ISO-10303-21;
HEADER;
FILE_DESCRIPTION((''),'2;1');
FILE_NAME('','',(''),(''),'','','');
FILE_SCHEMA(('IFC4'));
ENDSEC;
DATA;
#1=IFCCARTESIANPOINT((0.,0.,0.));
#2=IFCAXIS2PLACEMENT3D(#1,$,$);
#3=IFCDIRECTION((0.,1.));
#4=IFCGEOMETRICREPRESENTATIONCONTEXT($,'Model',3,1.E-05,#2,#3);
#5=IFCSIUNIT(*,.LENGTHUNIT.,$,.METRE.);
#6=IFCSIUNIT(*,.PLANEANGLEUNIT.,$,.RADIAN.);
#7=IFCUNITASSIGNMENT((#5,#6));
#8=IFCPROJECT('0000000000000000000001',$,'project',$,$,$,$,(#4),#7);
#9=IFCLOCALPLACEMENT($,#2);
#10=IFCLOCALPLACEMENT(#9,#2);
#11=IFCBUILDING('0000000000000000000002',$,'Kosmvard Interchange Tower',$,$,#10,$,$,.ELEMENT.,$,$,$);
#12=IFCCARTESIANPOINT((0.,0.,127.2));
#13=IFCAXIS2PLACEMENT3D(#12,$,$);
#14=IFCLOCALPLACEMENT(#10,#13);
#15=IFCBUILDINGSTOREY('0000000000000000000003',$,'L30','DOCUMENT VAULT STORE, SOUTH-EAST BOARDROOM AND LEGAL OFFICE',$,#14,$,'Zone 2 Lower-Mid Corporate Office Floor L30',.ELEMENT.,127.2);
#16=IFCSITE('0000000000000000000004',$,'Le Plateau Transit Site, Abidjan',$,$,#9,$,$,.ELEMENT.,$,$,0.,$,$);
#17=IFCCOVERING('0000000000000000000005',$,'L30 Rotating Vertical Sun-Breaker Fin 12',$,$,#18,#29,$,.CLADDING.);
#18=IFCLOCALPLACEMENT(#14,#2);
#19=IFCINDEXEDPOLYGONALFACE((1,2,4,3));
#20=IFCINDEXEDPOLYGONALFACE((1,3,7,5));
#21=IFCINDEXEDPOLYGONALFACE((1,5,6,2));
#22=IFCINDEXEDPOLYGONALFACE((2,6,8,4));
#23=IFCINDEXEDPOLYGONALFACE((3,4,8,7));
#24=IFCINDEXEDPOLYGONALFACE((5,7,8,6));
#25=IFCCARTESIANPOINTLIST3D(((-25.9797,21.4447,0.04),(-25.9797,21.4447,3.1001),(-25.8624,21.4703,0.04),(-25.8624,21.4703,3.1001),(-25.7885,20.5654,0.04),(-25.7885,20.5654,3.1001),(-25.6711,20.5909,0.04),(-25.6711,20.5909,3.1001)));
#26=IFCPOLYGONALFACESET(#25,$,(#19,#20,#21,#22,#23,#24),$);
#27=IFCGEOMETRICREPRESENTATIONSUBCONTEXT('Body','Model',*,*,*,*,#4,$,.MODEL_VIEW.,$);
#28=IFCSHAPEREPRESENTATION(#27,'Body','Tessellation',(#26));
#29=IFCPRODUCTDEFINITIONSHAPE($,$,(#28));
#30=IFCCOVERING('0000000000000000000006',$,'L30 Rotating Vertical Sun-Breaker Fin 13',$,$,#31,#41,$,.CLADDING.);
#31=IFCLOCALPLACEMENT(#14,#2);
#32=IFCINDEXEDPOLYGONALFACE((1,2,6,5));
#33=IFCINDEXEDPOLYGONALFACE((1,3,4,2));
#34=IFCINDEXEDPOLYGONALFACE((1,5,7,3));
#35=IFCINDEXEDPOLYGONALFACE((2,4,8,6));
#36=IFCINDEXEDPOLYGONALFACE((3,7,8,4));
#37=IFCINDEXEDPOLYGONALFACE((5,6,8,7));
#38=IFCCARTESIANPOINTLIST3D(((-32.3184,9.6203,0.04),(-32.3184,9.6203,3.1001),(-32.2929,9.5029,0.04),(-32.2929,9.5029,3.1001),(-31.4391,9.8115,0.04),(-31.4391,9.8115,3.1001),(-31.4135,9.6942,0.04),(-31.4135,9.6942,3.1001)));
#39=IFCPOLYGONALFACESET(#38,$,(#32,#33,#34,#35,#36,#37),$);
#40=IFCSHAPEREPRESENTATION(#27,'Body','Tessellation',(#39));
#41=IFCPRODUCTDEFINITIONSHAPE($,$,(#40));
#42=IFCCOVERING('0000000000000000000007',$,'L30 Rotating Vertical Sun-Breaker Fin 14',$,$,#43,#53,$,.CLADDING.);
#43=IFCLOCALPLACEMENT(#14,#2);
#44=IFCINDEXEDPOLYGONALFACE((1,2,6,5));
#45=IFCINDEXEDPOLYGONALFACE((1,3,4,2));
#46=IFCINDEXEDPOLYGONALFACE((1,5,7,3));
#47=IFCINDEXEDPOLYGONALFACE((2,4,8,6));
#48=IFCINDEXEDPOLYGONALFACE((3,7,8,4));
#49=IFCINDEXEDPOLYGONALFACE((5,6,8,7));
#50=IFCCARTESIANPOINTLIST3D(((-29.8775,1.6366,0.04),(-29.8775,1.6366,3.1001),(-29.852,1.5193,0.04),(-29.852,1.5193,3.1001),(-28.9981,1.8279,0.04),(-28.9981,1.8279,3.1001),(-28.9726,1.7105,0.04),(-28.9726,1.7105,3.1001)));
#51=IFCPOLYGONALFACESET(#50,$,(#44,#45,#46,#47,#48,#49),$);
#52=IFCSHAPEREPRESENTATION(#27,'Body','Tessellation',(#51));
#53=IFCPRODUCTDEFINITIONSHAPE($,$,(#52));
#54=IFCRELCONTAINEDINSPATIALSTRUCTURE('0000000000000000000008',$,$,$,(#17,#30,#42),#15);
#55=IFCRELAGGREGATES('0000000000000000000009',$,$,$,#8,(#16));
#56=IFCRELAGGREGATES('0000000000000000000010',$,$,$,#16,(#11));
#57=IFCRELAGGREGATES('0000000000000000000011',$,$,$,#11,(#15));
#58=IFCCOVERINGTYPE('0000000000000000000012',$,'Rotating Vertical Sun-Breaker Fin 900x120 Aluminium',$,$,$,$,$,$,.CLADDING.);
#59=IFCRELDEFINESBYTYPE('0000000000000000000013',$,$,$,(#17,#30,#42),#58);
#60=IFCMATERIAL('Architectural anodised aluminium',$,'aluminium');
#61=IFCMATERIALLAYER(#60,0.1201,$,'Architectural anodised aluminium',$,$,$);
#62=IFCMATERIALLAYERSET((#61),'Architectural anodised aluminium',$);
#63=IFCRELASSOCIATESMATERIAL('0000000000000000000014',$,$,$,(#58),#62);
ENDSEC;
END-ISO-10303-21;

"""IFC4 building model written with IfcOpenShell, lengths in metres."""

from ifc_helpers import new_model, si_unit, direction, frame, origin, origin_2d, place, context, subcontext, project, spatial, rectangle, extrude, source, transform, mapped, material, layer, layer_set, type_object, element, save


model = new_model("IFC4")

# Units and contexts
model_context = context("Model", 3, precision=1e-05, world=origin(), true_north=direction((0.0, 1.0)))
body_context = subcontext(model_context, "Body", "Model", "MODEL_VIEW")
ifc_project = project(units=[si_unit("LENGTHUNIT", "METRE"), si_unit("PLANEANGLEUNIT", "RADIAN")], contexts=[model_context])

# Site, building, storey
site_placement = place(None, origin())
site = spatial("IfcSite", under=ifc_project, at=site_placement, Name="Le Plateau Transit Site, Abidjan", CompositionType="ELEMENT", RefElevation=0.0)
building_placement = place(site_placement, origin())
building = spatial("IfcBuilding", under=site, at=building_placement, Name="Kosmvard Interchange Tower", CompositionType="ELEMENT")
storey_placement = place(building_placement, frame((0.0, 0.0, 127.2)))
storey = spatial("IfcBuildingStorey", under=building, at=storey_placement, Name="L30", Description="DOCUMENT VAULT STORE, SOUTH-EAST BOARDROOM AND LEGAL OFFICE", LongName="Zone 2 Lower-Mid Corporate Office Floor L30", CompositionType="ELEMENT", Elevation=127.2)

# Coverings
ifc_material_1 = material(Name="Architectural anodised aluminium", Category="aluminium")
ifc_layer_1 = layer(ifc_material_1, 0.1201, Name="Architectural anodised aluminium")
ifc_layer_set_1 = layer_set([ifc_layer_1], Name="Architectural anodised aluminium")
covering_type = type_object("IfcCoveringType", Name="Rotating Vertical Sun-Breaker Fin 900x120 Aluminium", PredefinedType="CLADDING", material=ifc_layer_set_1)
shared_shape_1 = source(origin(), body_context, "Body", "SweptSolid", [
    extrude(rectangle(XDim=0.8999, YDim=0.1201, at=origin_2d()), origin(), (0.0, 0.0, 1.0), 3.0601),
])
for number, where, z_axis, x_axis, name in (
    (1, (-25.8254, 21.0178, 0.04), (0.0, 0.0, 1.0), (-0.212519, 0.977157, 0.0), "L30 Rotating Vertical Sun-Breaker Fin 12"),
    (2, (-31.866, 9.6572, 0.04), (0.0, 0.0, 1.0), (-0.977157, -0.212519, 0.0), "L30 Rotating Vertical Sun-Breaker Fin 13"),
    (3, (-29.425, 1.6736, 0.04), (0.0, 0.0, 1.0), (-0.977157, -0.212519, 0.0), "L30 Rotating Vertical Sun-Breaker Fin 14"),
):
    element("IfcCovering", number, at=place(storey_placement, frame(where, z_axis=z_axis, x_axis=x_axis)), inside=storey, type_object=covering_type, Name=name, PredefinedType="CLADDING", context=body_context, shape_type="MappedRepresentation", body=[
        mapped(shared_shape_1, transform((0.0, 0.0, 0.0), scale=1.0)),
    ])

save(model, "model.ifc")
